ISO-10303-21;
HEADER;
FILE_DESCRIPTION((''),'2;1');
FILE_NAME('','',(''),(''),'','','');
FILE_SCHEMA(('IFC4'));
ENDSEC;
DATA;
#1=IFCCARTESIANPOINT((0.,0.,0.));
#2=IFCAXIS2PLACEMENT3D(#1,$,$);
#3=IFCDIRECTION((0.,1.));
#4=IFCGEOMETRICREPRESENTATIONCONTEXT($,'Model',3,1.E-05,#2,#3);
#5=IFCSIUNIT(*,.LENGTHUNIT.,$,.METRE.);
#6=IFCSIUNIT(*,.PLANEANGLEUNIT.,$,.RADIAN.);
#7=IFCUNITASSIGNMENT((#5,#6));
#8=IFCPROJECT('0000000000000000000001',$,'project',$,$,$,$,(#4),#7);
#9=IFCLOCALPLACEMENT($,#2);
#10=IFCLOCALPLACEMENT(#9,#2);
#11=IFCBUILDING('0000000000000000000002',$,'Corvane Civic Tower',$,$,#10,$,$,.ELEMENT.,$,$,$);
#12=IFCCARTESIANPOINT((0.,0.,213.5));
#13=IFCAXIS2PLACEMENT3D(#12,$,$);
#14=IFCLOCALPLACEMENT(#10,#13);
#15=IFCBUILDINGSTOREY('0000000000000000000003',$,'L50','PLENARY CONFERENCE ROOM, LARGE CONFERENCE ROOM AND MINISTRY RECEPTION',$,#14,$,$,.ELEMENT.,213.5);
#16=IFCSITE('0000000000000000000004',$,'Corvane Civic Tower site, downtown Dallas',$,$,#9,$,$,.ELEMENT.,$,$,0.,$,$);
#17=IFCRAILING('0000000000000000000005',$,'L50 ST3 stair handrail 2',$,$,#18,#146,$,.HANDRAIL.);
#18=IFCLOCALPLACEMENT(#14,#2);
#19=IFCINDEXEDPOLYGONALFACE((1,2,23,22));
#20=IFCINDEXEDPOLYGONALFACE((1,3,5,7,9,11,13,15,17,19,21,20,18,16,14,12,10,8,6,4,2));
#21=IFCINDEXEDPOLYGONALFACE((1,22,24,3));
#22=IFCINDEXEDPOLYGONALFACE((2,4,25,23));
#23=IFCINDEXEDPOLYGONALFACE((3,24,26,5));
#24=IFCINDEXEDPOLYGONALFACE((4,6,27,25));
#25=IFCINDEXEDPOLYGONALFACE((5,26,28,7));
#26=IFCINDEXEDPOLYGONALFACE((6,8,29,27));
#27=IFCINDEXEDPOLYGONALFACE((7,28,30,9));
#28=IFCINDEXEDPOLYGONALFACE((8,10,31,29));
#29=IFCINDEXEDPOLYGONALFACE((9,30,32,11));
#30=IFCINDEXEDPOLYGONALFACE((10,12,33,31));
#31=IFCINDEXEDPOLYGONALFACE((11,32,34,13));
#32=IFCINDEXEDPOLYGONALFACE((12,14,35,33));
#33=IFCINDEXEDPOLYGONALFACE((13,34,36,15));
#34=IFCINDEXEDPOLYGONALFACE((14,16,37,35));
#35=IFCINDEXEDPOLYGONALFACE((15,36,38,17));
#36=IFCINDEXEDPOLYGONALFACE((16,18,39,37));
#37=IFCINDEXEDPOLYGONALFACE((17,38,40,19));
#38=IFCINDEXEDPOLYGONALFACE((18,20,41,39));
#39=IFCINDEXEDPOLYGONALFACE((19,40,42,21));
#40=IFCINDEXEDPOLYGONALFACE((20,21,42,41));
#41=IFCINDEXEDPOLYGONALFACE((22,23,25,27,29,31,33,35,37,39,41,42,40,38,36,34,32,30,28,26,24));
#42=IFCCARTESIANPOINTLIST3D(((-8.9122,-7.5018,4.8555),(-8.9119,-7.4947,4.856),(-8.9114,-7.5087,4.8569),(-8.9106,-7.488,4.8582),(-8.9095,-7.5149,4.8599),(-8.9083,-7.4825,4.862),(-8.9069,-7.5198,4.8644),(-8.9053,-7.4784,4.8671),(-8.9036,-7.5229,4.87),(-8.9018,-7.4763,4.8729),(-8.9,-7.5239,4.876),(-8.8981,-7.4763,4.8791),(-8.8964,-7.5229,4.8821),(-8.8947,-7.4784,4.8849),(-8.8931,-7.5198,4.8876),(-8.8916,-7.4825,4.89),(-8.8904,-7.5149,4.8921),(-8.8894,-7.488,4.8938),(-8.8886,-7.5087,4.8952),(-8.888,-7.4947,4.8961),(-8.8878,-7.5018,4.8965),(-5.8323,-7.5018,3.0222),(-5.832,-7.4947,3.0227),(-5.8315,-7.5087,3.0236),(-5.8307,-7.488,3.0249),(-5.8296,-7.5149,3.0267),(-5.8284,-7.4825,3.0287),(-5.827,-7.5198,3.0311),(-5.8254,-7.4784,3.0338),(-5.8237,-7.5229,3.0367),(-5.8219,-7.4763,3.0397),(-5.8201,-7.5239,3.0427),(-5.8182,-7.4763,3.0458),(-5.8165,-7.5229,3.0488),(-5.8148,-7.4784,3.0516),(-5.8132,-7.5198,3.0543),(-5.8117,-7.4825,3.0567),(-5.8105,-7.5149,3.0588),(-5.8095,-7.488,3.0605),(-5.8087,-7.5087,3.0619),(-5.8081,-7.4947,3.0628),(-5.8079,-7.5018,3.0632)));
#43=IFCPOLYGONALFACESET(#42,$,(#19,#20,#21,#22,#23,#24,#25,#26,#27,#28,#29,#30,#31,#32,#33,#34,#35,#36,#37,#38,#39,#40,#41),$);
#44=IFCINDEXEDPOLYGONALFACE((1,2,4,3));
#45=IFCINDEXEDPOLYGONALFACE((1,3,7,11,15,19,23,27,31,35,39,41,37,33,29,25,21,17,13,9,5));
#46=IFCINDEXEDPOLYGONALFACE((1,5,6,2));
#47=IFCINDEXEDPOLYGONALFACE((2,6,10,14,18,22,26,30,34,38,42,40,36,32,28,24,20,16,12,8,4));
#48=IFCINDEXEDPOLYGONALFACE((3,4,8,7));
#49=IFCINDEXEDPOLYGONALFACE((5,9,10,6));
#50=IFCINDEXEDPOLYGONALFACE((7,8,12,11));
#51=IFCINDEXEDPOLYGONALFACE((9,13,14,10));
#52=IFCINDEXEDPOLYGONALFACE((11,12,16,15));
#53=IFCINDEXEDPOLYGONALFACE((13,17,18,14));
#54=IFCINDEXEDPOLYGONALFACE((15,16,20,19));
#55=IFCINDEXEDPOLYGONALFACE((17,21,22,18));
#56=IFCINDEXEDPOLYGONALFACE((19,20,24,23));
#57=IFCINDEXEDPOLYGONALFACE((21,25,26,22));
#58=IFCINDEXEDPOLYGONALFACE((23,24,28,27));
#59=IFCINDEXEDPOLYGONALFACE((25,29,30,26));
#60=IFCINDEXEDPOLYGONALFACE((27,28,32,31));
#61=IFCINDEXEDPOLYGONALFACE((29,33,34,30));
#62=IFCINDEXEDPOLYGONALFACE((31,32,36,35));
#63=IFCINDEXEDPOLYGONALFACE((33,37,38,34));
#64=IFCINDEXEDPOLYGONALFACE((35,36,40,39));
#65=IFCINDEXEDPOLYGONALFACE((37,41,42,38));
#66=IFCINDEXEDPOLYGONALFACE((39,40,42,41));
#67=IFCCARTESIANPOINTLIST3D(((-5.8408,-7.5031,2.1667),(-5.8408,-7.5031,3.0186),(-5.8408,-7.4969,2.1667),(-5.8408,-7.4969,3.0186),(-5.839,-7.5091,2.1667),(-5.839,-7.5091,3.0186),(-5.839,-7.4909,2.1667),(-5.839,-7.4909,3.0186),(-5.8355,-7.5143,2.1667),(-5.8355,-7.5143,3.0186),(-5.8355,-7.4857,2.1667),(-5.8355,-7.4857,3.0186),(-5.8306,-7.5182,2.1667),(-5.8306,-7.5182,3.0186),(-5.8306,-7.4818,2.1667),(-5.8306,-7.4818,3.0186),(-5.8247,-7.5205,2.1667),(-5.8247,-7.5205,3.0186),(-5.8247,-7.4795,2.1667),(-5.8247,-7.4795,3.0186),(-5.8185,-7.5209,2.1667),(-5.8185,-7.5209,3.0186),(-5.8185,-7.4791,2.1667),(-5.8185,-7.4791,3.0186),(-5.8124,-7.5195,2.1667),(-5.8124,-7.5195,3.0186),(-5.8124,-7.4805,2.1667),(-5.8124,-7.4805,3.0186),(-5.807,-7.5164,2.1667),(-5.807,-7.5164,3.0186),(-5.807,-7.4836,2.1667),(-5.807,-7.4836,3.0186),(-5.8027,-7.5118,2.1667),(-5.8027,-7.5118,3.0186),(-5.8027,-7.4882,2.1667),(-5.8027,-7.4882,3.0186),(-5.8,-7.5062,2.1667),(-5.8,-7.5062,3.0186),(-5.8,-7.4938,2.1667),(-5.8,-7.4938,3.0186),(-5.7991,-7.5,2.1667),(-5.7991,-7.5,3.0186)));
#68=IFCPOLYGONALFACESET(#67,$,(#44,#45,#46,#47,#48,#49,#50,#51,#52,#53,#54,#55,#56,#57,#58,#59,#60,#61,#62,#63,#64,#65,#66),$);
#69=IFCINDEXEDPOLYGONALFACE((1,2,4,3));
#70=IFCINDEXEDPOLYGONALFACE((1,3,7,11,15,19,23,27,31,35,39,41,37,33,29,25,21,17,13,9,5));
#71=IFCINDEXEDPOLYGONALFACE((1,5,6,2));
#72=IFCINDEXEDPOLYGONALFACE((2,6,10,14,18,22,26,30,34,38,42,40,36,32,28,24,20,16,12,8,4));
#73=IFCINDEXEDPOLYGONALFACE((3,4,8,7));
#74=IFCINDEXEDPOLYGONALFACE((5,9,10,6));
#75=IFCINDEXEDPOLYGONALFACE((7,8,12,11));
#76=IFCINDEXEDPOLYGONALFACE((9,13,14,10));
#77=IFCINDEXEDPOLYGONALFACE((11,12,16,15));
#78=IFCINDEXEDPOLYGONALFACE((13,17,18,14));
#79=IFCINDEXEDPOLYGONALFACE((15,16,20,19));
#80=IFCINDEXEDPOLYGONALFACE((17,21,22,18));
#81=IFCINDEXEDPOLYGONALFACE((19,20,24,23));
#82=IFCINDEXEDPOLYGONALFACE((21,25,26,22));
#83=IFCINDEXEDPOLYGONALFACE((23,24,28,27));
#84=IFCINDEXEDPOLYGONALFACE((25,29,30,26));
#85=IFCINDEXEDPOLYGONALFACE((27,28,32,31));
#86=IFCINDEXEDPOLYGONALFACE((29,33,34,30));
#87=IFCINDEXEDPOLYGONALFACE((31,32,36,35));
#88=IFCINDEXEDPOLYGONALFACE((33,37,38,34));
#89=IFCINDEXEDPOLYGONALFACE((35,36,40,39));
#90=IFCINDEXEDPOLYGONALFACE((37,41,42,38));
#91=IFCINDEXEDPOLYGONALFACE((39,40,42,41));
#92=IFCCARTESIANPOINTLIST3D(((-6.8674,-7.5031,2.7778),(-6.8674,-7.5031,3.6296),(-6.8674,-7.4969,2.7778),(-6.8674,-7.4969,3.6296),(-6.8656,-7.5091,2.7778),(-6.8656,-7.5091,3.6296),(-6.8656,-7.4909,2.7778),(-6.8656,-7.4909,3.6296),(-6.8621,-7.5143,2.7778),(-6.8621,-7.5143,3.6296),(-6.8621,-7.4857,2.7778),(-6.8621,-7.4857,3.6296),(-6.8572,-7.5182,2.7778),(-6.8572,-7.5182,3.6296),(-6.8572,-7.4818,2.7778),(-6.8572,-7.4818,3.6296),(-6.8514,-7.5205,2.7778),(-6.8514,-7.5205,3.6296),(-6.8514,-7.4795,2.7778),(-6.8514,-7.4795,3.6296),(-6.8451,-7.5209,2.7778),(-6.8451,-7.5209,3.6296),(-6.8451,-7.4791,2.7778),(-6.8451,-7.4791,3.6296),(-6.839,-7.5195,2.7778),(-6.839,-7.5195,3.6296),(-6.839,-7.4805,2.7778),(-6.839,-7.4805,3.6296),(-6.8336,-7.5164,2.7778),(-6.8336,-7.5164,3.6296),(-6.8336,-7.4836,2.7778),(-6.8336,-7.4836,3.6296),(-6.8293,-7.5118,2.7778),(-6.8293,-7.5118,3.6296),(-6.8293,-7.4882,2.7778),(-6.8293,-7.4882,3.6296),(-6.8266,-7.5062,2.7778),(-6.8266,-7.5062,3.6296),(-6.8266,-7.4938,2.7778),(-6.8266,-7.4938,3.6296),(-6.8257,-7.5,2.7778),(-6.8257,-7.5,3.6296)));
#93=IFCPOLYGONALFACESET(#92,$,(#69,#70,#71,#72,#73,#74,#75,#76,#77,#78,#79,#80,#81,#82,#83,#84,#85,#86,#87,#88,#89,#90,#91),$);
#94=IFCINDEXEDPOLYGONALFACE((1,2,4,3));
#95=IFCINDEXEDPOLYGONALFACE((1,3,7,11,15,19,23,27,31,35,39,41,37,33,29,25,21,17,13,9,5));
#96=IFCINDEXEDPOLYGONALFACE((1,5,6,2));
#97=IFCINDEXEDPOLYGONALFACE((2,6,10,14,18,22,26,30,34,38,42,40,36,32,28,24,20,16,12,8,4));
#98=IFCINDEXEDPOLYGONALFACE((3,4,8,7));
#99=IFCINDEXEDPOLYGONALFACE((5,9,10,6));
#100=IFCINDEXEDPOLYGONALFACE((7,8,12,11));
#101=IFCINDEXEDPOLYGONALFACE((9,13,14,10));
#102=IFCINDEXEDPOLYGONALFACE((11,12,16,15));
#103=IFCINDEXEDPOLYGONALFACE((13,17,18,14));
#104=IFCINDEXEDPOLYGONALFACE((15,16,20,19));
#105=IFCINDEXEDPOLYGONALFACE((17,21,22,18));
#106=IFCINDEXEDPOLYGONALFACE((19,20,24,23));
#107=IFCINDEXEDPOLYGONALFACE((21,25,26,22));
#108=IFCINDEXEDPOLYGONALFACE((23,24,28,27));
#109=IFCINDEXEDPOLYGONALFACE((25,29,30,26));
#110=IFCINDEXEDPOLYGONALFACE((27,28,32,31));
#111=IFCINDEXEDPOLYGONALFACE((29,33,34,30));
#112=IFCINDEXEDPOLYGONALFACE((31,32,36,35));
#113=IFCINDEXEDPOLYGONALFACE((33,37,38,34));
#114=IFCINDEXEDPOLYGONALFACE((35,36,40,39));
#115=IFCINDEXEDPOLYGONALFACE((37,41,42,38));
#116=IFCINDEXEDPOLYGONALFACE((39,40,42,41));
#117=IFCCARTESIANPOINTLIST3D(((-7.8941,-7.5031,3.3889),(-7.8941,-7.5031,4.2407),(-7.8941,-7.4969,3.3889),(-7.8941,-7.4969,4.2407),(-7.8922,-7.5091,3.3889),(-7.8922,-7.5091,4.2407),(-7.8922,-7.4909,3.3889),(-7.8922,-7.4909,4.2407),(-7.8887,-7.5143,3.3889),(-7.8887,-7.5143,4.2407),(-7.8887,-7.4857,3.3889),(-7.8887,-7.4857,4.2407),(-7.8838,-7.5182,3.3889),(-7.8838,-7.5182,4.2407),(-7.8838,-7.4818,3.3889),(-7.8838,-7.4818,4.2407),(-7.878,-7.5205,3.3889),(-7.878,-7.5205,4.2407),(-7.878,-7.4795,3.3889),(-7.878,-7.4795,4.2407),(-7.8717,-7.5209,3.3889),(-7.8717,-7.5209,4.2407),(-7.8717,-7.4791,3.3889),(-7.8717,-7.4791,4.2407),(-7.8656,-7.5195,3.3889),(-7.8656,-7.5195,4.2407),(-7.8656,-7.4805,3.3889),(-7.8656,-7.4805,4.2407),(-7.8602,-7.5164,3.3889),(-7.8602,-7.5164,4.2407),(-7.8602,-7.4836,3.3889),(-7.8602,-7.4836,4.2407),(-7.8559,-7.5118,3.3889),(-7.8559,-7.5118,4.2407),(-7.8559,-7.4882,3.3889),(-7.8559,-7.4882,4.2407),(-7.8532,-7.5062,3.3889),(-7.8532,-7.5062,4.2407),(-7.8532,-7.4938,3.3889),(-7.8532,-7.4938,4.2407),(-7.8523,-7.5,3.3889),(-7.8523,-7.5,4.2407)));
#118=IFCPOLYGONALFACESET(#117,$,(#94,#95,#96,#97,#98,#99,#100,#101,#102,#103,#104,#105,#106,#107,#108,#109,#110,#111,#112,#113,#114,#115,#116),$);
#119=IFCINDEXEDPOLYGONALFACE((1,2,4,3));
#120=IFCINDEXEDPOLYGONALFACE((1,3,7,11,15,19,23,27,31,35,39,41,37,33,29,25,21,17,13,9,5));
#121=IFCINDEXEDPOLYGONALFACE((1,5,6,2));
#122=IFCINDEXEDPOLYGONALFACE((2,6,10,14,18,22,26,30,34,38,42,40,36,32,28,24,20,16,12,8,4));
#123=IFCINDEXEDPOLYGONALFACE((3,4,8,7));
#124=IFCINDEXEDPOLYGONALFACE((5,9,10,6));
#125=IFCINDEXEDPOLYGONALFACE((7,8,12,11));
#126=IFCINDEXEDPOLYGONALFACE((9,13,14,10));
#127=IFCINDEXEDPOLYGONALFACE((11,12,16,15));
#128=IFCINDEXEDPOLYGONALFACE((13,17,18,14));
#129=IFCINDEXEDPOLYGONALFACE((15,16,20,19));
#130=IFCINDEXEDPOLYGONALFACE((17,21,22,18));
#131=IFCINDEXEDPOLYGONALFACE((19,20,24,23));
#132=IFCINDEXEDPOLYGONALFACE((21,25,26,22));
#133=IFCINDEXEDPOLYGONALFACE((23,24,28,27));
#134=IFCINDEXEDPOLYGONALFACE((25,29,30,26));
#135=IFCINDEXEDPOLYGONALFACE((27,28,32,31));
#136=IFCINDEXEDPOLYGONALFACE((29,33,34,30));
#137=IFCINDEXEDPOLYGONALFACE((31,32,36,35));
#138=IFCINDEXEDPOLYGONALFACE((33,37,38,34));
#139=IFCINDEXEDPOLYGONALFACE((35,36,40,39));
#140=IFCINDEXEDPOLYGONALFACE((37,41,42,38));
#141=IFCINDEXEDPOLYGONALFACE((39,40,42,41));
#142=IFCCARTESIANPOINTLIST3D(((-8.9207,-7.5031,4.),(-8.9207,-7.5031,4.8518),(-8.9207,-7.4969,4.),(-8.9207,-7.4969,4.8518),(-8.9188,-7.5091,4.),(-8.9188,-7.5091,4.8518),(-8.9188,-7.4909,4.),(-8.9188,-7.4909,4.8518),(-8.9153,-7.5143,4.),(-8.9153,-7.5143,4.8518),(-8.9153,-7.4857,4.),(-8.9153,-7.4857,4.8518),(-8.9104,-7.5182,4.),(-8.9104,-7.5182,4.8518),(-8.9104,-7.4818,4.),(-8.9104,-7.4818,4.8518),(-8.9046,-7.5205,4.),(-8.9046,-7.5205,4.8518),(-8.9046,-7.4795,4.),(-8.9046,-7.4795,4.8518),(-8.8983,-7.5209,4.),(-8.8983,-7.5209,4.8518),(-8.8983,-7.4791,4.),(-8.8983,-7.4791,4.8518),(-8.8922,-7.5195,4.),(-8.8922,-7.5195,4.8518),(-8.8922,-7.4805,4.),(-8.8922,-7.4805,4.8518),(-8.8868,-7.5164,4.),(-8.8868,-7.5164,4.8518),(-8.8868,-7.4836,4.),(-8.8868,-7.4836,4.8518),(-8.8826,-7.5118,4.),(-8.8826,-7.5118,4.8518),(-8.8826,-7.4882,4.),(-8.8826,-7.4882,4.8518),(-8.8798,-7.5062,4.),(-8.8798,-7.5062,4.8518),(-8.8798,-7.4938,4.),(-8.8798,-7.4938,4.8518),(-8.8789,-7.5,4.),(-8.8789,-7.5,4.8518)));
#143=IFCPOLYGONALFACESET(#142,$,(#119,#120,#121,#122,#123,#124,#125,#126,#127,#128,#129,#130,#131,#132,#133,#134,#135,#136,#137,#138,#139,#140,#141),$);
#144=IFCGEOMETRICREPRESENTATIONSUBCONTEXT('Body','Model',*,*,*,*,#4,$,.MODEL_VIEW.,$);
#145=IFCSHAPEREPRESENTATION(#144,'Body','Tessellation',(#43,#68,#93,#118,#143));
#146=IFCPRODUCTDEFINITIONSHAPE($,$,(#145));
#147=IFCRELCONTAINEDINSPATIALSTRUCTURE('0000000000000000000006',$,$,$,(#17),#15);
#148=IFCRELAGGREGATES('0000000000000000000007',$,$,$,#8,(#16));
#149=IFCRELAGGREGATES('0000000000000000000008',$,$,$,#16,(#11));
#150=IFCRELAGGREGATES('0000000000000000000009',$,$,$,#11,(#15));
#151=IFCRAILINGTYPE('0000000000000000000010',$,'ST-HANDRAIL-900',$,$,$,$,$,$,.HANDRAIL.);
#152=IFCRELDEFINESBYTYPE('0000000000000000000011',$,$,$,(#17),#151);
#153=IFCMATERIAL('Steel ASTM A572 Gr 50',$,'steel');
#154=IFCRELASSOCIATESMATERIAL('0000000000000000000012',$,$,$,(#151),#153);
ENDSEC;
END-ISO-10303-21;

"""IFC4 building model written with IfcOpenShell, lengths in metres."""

from ifc_helpers import new_model, si_unit, direction, frame, origin, origin_2d, place, context, subcontext, project, spatial, circle, extrude, material, type_object, element, save


model = new_model("IFC4")

# Units and contexts
model_context = context("Model", 3, precision=1e-05, world=origin(), true_north=direction((0.0, 1.0)))
body_context = subcontext(model_context, "Body", "Model", "MODEL_VIEW")
ifc_project = project(units=[si_unit("LENGTHUNIT", "METRE"), si_unit("PLANEANGLEUNIT", "RADIAN")], contexts=[model_context])

# Site, building, storey
site_placement = place(None, origin())
site = spatial("IfcSite", under=ifc_project, at=site_placement, Name="Corvane Civic Tower site, downtown Dallas", CompositionType="ELEMENT", RefElevation=0.0)
building_placement = place(site_placement, origin())
building = spatial("IfcBuilding", under=site, at=building_placement, Name="Corvane Civic Tower", CompositionType="ELEMENT")
storey_placement = place(building_placement, frame((0.0, 0.0, 213.5)))
storey = spatial("IfcBuildingStorey", under=building, at=storey_placement, Name="L50", Description="PLENARY CONFERENCE ROOM, LARGE CONFERENCE ROOM AND MINISTRY RECEPTION", CompositionType="ELEMENT", Elevation=213.5)

# Railing
ifc_material_1 = material(Name="Steel ASTM A572 Gr 50", Category="steel")
railing_type_1 = type_object("IfcRailingType", Name="ST-HANDRAIL-900", PredefinedType="HANDRAIL", material=ifc_material_1)
railing_1_placement = place(storey_placement, frame((-5.8201, -7.5, 2.1667)))
element("IfcRailing", 1, at=railing_1_placement, inside=storey, type_object=railing_type_1, Name="L50 ST3 stair handrail 2", PredefinedType="HANDRAIL", context=body_context, shape_type="SweptSolid", body=[
    extrude(circle(Radius=0.0239, at=origin_2d()), frame((0.0, 0.0, 0.876), z_axis=(-0.859291, 0.0, 0.511487), x_axis=(0.0, -1.0, 0.0)), (0.0, 0.0, 1.0), 3.5842),
    extrude(circle(Radius=0.021, at=origin_2d()), origin(), (0.0, 0.0, 1.0), 0.8518),
    extrude(circle(Radius=0.021, at=origin_2d()), frame((-1.0266, 0.0, 0.6111)), (0.0, 0.0, 1.0), 0.8518),
    extrude(circle(Radius=0.021, at=origin_2d()), frame((-2.0532, 0.0, 1.2222)), (0.0, 0.0, 1.0), 0.8518),
    extrude(circle(Radius=0.021, at=origin_2d()), frame((-3.0798, 0.0, 1.8333)), (0.0, 0.0, 1.0), 0.8518),
])

save(model, "model.ifc")
